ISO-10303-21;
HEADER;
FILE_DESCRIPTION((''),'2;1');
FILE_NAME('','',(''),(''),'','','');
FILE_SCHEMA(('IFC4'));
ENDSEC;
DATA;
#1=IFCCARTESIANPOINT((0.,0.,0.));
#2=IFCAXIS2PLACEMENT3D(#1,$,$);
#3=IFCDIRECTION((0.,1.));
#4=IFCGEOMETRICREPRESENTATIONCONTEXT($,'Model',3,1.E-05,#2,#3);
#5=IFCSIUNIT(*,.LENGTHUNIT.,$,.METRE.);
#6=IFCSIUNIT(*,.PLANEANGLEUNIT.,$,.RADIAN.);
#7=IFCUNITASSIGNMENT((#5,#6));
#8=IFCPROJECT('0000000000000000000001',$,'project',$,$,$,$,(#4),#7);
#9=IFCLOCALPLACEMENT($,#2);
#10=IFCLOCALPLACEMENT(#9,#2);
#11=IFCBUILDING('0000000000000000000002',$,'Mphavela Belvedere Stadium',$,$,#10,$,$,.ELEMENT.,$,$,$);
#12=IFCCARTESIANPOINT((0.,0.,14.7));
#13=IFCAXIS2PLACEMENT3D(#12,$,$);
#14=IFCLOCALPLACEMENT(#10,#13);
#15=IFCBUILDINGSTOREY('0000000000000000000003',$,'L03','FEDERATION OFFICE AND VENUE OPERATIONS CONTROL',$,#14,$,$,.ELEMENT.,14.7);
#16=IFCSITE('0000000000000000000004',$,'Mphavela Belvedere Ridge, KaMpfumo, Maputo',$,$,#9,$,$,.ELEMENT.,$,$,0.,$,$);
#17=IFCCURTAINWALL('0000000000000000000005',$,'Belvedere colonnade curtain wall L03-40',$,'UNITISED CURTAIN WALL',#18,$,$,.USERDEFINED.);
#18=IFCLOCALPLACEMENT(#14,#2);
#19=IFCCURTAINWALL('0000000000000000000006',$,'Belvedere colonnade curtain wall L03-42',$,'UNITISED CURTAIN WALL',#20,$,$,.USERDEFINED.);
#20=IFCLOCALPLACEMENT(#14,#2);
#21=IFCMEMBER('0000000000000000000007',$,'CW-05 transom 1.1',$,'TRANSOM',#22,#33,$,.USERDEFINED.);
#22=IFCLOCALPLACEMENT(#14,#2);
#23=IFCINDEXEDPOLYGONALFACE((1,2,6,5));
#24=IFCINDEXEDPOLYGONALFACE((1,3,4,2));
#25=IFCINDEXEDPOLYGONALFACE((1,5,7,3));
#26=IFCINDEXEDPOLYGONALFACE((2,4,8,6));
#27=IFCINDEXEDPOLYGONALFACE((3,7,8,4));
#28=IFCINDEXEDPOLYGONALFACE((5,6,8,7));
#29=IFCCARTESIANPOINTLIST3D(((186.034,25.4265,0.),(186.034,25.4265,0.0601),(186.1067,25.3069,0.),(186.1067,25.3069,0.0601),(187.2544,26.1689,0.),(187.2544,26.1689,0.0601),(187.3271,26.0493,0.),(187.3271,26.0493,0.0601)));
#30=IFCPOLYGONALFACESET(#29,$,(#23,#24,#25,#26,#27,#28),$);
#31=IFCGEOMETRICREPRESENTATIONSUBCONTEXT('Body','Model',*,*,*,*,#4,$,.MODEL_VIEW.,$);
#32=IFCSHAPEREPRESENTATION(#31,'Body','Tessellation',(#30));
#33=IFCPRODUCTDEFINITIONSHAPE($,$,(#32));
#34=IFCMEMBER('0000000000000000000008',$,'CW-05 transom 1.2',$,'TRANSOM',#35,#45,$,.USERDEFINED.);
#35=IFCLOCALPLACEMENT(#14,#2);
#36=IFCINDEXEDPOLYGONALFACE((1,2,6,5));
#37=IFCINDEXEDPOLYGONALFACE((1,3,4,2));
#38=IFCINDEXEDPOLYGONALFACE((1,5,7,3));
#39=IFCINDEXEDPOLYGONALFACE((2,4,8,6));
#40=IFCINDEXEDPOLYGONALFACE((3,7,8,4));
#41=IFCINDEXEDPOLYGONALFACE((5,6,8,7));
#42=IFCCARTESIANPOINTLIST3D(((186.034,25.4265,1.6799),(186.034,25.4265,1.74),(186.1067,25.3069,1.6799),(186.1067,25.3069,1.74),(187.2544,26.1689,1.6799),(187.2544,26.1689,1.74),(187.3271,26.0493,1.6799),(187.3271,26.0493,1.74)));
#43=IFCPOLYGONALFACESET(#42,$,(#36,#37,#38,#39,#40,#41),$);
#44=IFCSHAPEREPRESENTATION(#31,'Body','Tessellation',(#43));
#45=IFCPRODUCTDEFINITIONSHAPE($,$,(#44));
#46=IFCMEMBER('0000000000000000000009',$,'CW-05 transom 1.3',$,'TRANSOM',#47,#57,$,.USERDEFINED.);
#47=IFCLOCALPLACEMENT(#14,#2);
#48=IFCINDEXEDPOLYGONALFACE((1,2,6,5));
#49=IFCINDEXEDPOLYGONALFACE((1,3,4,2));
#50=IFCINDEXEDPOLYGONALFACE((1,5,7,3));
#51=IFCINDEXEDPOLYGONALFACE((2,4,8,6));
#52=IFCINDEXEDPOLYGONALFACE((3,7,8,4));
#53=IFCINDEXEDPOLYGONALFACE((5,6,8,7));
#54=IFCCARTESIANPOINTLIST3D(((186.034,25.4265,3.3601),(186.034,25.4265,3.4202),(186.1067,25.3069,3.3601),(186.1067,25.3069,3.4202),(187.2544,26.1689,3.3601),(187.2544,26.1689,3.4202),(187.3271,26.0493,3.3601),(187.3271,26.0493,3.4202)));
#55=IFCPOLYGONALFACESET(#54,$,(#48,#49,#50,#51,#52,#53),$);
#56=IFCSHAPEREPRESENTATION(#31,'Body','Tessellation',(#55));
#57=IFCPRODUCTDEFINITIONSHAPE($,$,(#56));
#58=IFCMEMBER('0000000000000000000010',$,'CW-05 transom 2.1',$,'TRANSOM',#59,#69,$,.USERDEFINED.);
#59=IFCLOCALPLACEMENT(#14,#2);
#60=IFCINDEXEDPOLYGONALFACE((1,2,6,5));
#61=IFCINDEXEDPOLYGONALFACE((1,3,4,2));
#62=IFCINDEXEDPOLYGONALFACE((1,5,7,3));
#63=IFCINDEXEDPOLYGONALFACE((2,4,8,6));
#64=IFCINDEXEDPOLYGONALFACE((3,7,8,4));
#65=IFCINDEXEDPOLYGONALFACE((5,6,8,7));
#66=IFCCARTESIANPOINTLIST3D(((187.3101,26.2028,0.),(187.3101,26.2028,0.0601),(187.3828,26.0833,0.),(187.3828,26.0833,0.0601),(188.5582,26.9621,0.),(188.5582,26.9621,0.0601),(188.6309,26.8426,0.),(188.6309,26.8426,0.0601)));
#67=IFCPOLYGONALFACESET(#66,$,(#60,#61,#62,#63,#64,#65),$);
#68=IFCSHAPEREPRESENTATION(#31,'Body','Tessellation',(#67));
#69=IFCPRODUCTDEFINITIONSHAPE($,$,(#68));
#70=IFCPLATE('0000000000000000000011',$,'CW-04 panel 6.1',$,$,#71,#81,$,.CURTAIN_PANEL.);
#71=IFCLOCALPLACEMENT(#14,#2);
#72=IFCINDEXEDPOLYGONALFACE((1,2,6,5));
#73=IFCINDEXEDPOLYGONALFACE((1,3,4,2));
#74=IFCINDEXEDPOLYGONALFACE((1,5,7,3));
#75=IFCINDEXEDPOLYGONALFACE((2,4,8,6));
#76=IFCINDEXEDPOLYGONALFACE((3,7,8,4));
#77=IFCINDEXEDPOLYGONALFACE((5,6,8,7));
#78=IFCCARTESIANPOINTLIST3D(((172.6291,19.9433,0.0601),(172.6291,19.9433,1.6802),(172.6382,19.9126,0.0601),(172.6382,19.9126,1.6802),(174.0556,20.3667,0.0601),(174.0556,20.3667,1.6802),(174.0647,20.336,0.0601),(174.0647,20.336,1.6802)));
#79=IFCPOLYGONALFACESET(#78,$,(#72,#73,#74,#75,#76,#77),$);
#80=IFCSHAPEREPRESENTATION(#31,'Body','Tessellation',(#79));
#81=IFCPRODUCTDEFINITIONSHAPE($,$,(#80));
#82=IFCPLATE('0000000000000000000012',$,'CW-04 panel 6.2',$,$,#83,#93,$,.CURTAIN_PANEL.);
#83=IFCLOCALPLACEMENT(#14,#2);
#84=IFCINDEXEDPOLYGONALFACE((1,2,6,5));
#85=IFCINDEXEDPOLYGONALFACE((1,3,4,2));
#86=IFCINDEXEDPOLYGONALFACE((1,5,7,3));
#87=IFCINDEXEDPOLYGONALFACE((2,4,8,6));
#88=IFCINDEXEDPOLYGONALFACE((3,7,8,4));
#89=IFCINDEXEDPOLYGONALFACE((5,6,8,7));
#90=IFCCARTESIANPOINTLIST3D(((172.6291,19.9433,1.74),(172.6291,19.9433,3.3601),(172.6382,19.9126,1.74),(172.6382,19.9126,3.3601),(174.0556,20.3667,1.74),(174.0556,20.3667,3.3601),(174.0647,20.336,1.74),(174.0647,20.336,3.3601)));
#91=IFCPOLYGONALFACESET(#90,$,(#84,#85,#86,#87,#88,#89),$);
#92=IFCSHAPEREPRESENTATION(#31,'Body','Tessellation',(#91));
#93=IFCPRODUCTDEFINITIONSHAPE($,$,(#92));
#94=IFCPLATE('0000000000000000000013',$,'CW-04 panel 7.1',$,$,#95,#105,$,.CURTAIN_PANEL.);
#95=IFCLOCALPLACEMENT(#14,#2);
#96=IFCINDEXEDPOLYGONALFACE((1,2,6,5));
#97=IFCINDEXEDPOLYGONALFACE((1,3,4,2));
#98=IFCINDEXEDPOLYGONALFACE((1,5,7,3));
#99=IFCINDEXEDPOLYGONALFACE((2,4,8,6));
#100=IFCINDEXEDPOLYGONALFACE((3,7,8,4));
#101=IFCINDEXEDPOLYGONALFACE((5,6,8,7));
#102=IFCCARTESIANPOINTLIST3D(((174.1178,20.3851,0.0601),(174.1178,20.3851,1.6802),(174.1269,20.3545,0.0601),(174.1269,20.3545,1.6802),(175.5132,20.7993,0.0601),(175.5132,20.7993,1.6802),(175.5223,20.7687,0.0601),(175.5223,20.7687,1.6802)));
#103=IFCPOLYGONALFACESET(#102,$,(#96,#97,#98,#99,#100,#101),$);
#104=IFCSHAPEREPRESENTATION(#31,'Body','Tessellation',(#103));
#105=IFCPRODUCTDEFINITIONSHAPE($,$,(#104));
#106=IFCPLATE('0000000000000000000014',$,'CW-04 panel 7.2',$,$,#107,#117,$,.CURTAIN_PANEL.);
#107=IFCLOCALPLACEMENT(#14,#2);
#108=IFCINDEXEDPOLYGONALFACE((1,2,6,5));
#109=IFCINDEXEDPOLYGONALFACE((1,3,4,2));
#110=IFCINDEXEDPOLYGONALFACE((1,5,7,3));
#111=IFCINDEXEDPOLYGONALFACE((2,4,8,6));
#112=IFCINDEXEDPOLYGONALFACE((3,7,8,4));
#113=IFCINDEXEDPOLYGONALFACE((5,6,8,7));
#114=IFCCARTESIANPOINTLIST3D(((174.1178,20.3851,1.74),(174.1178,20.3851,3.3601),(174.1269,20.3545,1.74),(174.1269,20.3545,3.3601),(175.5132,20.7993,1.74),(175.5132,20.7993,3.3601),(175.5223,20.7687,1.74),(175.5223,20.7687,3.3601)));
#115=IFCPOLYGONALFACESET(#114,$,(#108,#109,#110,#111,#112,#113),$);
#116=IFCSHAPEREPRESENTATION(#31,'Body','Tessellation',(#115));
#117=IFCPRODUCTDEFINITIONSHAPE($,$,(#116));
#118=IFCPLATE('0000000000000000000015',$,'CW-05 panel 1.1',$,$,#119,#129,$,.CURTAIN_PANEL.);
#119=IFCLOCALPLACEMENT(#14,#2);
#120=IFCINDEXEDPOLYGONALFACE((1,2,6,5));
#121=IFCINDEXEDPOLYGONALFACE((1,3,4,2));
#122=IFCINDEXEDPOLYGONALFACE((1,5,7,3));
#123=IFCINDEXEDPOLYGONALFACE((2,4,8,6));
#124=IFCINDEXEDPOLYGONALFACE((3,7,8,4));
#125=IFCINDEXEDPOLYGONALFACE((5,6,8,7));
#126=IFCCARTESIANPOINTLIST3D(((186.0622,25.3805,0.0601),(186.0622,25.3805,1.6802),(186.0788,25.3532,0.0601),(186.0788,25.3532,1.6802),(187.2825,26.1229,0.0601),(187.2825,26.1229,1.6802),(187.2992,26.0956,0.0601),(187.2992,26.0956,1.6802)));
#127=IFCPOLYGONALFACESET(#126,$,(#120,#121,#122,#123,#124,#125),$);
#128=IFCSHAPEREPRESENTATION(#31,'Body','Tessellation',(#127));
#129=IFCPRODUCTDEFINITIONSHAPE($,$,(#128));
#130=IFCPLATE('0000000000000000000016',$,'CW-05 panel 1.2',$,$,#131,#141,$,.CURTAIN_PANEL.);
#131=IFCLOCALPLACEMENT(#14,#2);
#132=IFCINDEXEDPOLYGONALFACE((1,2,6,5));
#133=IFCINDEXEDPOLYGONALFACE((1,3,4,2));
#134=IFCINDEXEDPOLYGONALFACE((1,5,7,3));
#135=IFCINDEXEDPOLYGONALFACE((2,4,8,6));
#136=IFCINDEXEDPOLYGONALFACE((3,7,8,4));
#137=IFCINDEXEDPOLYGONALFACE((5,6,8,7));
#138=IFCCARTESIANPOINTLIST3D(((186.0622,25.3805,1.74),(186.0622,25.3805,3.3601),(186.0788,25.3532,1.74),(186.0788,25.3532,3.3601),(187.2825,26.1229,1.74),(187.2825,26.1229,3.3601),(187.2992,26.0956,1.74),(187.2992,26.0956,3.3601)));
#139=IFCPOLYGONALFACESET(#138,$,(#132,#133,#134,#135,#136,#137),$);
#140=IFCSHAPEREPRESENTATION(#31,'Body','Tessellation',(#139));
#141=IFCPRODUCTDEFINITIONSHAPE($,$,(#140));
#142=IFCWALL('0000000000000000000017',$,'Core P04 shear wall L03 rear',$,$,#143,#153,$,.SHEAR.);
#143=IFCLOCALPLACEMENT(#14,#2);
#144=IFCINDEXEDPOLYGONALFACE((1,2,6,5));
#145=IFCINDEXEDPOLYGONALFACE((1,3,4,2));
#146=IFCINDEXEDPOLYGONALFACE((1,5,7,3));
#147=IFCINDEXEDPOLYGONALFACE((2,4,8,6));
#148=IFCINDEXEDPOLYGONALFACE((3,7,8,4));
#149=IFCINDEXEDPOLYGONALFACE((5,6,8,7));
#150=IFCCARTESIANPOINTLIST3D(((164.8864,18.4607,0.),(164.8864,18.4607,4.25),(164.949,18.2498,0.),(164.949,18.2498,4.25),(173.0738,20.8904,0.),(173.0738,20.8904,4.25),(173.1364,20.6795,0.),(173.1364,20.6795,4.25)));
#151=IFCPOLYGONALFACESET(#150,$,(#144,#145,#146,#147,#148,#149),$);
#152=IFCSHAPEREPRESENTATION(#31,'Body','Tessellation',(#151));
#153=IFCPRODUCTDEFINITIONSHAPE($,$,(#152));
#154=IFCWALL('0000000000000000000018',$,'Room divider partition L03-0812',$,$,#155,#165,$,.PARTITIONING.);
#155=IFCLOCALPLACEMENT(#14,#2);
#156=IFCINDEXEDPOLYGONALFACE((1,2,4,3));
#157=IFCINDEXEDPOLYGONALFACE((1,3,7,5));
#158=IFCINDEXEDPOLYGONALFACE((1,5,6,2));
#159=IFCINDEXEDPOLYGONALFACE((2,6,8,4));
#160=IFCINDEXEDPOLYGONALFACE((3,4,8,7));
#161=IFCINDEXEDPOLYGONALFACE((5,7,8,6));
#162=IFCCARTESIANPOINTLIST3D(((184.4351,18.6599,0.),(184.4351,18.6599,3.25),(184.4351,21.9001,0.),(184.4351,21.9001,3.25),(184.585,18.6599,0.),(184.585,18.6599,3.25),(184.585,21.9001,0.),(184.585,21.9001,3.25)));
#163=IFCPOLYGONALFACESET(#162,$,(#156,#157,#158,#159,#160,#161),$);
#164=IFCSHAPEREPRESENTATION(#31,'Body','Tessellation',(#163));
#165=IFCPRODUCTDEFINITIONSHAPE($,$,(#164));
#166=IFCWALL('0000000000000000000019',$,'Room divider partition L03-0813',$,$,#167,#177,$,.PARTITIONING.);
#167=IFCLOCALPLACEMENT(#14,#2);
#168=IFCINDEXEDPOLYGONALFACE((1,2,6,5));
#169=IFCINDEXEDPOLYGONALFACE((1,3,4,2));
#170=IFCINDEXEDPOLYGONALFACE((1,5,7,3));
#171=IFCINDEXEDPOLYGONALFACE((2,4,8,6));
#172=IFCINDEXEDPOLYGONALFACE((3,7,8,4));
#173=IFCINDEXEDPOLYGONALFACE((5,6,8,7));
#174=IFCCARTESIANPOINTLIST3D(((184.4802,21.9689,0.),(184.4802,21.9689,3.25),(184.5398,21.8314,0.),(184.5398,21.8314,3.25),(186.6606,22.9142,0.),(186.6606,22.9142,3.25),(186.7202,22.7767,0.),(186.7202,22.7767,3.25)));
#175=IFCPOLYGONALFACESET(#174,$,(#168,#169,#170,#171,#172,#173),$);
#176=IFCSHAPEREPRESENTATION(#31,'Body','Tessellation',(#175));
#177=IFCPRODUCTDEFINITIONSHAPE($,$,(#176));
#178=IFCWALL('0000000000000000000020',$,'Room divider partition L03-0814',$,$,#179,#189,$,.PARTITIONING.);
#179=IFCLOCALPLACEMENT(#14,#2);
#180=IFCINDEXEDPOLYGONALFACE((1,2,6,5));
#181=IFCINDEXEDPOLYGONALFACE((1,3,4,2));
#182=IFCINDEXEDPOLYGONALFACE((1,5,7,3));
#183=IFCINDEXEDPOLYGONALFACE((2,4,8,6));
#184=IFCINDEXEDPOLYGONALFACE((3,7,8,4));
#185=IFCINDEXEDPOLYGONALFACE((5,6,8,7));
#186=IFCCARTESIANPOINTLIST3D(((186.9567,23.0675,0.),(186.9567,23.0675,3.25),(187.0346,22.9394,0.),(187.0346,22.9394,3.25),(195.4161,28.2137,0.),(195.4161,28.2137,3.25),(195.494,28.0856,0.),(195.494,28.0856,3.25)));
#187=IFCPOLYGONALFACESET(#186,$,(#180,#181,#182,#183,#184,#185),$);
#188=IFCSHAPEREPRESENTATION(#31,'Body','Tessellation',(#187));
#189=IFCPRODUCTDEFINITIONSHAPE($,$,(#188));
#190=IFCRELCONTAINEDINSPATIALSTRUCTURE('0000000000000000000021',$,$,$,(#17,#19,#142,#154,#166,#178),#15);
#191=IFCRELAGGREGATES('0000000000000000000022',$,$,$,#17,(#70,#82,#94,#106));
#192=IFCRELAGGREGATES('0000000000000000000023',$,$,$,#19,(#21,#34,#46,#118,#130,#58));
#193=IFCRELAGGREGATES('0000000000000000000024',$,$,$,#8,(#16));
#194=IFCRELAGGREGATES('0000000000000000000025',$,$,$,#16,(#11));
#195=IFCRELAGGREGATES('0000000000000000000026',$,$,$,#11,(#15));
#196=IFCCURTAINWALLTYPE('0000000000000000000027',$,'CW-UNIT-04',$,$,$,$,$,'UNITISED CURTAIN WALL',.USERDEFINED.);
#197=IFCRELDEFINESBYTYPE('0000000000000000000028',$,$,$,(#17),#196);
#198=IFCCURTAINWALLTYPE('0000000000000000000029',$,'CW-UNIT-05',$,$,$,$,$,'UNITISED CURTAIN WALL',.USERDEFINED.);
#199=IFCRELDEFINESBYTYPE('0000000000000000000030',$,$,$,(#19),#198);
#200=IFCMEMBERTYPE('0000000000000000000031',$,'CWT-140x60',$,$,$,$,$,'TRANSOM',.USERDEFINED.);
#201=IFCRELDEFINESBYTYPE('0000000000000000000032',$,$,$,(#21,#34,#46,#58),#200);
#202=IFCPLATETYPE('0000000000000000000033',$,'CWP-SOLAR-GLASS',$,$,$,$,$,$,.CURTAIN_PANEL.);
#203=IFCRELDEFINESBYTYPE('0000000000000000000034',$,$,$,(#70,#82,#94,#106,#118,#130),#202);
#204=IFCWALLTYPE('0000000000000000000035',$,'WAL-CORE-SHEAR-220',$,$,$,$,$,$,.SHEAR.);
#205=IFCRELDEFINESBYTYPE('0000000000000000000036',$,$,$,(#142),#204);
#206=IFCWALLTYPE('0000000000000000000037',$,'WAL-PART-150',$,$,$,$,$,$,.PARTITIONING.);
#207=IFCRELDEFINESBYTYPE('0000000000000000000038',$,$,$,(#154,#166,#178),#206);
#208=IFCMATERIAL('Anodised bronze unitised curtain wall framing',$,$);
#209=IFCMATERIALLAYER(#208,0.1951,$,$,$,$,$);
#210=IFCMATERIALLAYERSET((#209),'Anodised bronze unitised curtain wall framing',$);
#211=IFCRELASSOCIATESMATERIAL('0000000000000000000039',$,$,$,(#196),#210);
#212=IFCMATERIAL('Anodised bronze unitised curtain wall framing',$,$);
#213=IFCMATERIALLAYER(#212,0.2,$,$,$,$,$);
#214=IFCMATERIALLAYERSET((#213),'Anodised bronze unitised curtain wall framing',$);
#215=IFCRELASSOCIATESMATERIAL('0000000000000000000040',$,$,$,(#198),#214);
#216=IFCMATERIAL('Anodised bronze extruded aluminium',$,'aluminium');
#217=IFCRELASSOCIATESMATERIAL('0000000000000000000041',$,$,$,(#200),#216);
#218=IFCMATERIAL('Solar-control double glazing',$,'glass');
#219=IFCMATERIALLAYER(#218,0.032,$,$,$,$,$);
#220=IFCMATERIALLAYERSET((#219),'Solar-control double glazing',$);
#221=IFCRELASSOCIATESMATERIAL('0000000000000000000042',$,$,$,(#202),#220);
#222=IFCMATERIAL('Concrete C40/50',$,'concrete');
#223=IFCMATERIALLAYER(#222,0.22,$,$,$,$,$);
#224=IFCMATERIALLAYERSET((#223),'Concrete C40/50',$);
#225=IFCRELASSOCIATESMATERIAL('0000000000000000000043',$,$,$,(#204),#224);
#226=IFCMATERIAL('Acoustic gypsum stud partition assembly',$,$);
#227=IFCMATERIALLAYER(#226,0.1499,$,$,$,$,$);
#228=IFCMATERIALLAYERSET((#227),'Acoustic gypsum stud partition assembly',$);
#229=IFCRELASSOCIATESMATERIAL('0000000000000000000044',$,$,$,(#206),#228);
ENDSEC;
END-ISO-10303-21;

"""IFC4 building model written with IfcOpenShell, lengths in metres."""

from ifc_helpers import new_model, si_unit, direction, frame, frame_2d, origin, origin_2d, place, context, subcontext, project, spatial, rectangle, extrude, material, layer, layer_set, material_profile, profile_set, type_object, element, aggregate, save


model = new_model("IFC4")

# Units and contexts
model_context = context("Model", 3, precision=1e-05, world=origin(), true_north=direction((0.0, 1.0)))
body_context = subcontext(model_context, "Body", "Model", "MODEL_VIEW")
ifc_project = project(units=[si_unit("LENGTHUNIT", "METRE"), si_unit("PLANEANGLEUNIT", "RADIAN")], contexts=[model_context])

# Site, building, storey
site_placement = place(None, origin())
site = spatial("IfcSite", under=ifc_project, at=site_placement, Name="Mphavela Belvedere Ridge, KaMpfumo, Maputo", CompositionType="ELEMENT", RefElevation=0.0)
building_placement = place(site_placement, origin())
building = spatial("IfcBuilding", under=site, at=building_placement, Name="Mphavela Belvedere Stadium", CompositionType="ELEMENT")
storey_placement = place(building_placement, frame((0.0, 0.0, 14.7)))
storey = spatial("IfcBuildingStorey", under=building, at=storey_placement, Name="L03", Description="FEDERATION OFFICE AND VENUE OPERATIONS CONTROL", CompositionType="ELEMENT", Elevation=14.7)

# Curtain walls
ifc_material_1 = material(Name="Anodised bronze unitised curtain wall framing")
ifc_layer_1 = layer(ifc_material_1, 0.1951)
ifc_layer_set_1 = layer_set([ifc_layer_1], Name="Anodised bronze unitised curtain wall framing")
curtain_wall_type_1 = type_object("IfcCurtainWallType", Name="CW-UNIT-04", ElementType="UNITISED CURTAIN WALL", PredefinedType="USERDEFINED", material=ifc_layer_set_1)
curtain_wall_1_placement = place(storey_placement, origin())
curtain_wall_1 = element("IfcCurtainWall", 1, at=curtain_wall_1_placement, inside=storey, type_object=curtain_wall_type_1, Name="Belvedere colonnade curtain wall L03-40", ObjectType="UNITISED CURTAIN WALL", PredefinedType="USERDEFINED")
ifc_material_2 = material(Name="Anodised bronze unitised curtain wall framing")
ifc_layer_2 = layer(ifc_material_2, 0.2)
ifc_layer_set_2 = layer_set([ifc_layer_2], Name="Anodised bronze unitised curtain wall framing")
curtain_wall_type_2 = type_object("IfcCurtainWallType", Name="CW-UNIT-05", ElementType="UNITISED CURTAIN WALL", PredefinedType="USERDEFINED", material=ifc_layer_set_2)
curtain_wall_2_placement = place(storey_placement, origin())
curtain_wall_2 = element("IfcCurtainWall", 2, at=curtain_wall_2_placement, inside=storey, type_object=curtain_wall_type_2, Name="Belvedere colonnade curtain wall L03-42", ObjectType="UNITISED CURTAIN WALL", PredefinedType="USERDEFINED")

# Members
ifc_material_3 = material(Name="Anodised bronze extruded aluminium", Category="aluminium")
ifc_material_profile_1 = material_profile(ifc_material_3, rectangle(XDim=0.1399, YDim=0.0601, at=origin_2d()), Name="CW-TRN 140x60")
ifc_profile_set_1 = profile_set([ifc_material_profile_1], Name="Anodised bronze extruded aluminium")
member_type_1 = type_object("IfcMemberType", Name="CWT-140x60", ElementType="TRANSOM", PredefinedType="USERDEFINED", material=ifc_profile_set_1)
member_1_placement = place(storey_placement, frame((186.0703, 25.3667, 0.03), z_axis=(0.85434, 0.519714, 0.0), x_axis=(-0.519714, 0.85434, 0.0)))
member_1 = element("IfcMember", 3, at=member_1_placement, type_object=member_type_1, Name="CW-05 transom 1.1", ObjectType="TRANSOM", PredefinedType="USERDEFINED", context=body_context, shape_type="SweptSolid", body=[
    extrude(rectangle(XDim=0.1399, YDim=0.0601, at=origin_2d()), origin(), (0.0, 0.0, 1.0), 1.4285),
])
member_2_placement = place(storey_placement, frame((186.0703, 25.3667, 1.71), z_axis=(0.85434, 0.519714, 0.0), x_axis=(-0.519714, 0.85434, 0.0)))
member_2 = element("IfcMember", 4, at=member_2_placement, type_object=member_type_1, Name="CW-05 transom 1.2", ObjectType="TRANSOM", PredefinedType="USERDEFINED", context=body_context, shape_type="SweptSolid", body=[
    extrude(rectangle(XDim=0.1399, YDim=0.0601, at=origin_2d()), origin(), (0.0, 0.0, 1.0), 1.4285),
])
member_3_placement = place(storey_placement, frame((186.0703, 25.3667, 3.3901), z_axis=(0.85434, 0.519714, 0.0), x_axis=(-0.519714, 0.85434, 0.0)))
member_3 = element("IfcMember", 5, at=member_3_placement, type_object=member_type_1, Name="CW-05 transom 1.3", ObjectType="TRANSOM", PredefinedType="USERDEFINED", context=body_context, shape_type="SweptSolid", body=[
    extrude(rectangle(XDim=0.1399, YDim=0.0601, at=origin_2d()), origin(), (0.0, 0.0, 1.0), 1.4285),
])
member_4_placement = place(storey_placement, frame((187.3464, 26.1431, 0.03), z_axis=(0.854321, 0.519745, 0.0), x_axis=(-0.519745, 0.854321, 0.0)))
member_4 = element("IfcMember", 6, at=member_4_placement, type_object=member_type_1, Name="CW-05 transom 2.1", ObjectType="TRANSOM", PredefinedType="USERDEFINED", context=body_context, shape_type="SweptSolid", body=[
    extrude(rectangle(XDim=0.1399, YDim=0.0601, at=origin_2d()), origin(), (0.0, 0.0, 1.0), 1.4609),
])

# Plates
ifc_material_4 = material(Name="Solar-control double glazing", Category="glass")
ifc_layer_3 = layer(ifc_material_4, 0.032)
ifc_layer_set_3 = layer_set([ifc_layer_3], Name="Solar-control double glazing")
plate_type = type_object("IfcPlateType", Name="CWP-SOLAR-GLASS", PredefinedType="CURTAIN_PANEL", material=ifc_layer_set_3)
plate_1_placement = place(storey_placement, frame((173.3469, 20.1396, 0.0601), z_axis=(0.0, 0.0, 1.0), x_axis=(0.958657, 0.284565, 0.0)))
plate_1 = element("IfcPlate", 7, at=plate_1_placement, type_object=plate_type, Name="CW-04 panel 6.1", PredefinedType="CURTAIN_PANEL", context=body_context, shape_type="SweptSolid", body=[
    extrude(rectangle(XDim=1.488, YDim=0.032, at=origin_2d()), origin(), (0.0, 0.0, 1.0), 1.6201),
])
plate_2_placement = place(storey_placement, frame((173.3469, 20.1396, 1.74), z_axis=(0.0, 0.0, 1.0), x_axis=(0.958657, 0.284565, 0.0)))
plate_2 = element("IfcPlate", 8, at=plate_2_placement, type_object=plate_type, Name="CW-04 panel 6.2", PredefinedType="CURTAIN_PANEL", context=body_context, shape_type="SweptSolid", body=[
    extrude(rectangle(XDim=1.488, YDim=0.032, at=origin_2d()), origin(), (0.0, 0.0, 1.0), 1.6201),
])
plate_3_placement = place(storey_placement, frame((174.8201, 20.5769, 0.0601), z_axis=(0.0, 0.0, 1.0), x_axis=(0.958657, 0.284565, 0.0)))
plate_3 = element("IfcPlate", 9, at=plate_3_placement, type_object=plate_type, Name="CW-04 panel 7.1", PredefinedType="CURTAIN_PANEL", context=body_context, shape_type="SweptSolid", body=[
    extrude(rectangle(XDim=1.4556, YDim=0.032, at=origin_2d()), origin(), (0.0, 0.0, 1.0), 1.6201),
])
plate_4_placement = place(storey_placement, frame((174.8201, 20.5769, 1.74), z_axis=(0.0, 0.0, 1.0), x_axis=(0.958657, 0.284565, 0.0)))
plate_4 = element("IfcPlate", 10, at=plate_4_placement, type_object=plate_type, Name="CW-04 panel 7.2", PredefinedType="CURTAIN_PANEL", context=body_context, shape_type="SweptSolid", body=[
    extrude(rectangle(XDim=1.4556, YDim=0.032, at=origin_2d()), origin(), (0.0, 0.0, 1.0), 1.6201),
])
aggregate(curtain_wall_1, [plate_1, plate_2, plate_3, plate_4])
plate_5_placement = place(storey_placement, frame((186.6807, 25.738, 0.0601), z_axis=(0.0, 0.0, 1.0), x_axis=(0.854325, 0.519738, 0.0)))
plate_5 = element("IfcPlate", 11, at=plate_5_placement, type_object=plate_type, Name="CW-05 panel 1.1", PredefinedType="CURTAIN_PANEL", context=body_context, shape_type="SweptSolid", body=[
    extrude(rectangle(XDim=1.4285, YDim=0.032, at=origin_2d()), origin(), (0.0, 0.0, 1.0), 1.6201),
])
plate_6_placement = place(storey_placement, frame((186.6807, 25.738, 1.74), z_axis=(0.0, 0.0, 1.0), x_axis=(0.854325, 0.519738, 0.0)))
plate_6 = element("IfcPlate", 12, at=plate_6_placement, type_object=plate_type, Name="CW-05 panel 1.2", PredefinedType="CURTAIN_PANEL", context=body_context, shape_type="SweptSolid", body=[
    extrude(rectangle(XDim=1.4285, YDim=0.032, at=origin_2d()), origin(), (0.0, 0.0, 1.0), 1.6201),
])
aggregate(curtain_wall_2, [member_1, member_2, member_3, plate_5, plate_6, member_4])

# Wall
ifc_material_5 = material(Name="Concrete C40/50", Category="concrete")
ifc_layer_4 = layer(ifc_material_5, 0.22)
ifc_layer_set_4 = layer_set([ifc_layer_4], Name="Concrete C40/50")
wall_type_1 = type_object("IfcWallType", Name="WAL-CORE-SHEAR-220", PredefinedType="SHEAR", material=ifc_layer_set_4)
wall_1_placement = place(storey_placement, frame((173.105, 20.7849, 0.0), z_axis=(0.0, 0.0, 1.0), x_axis=(-0.958676, -0.284501, 0.0)))
element("IfcWall", 13, at=wall_1_placement, inside=storey, type_object=wall_type_1, Name="Core P04 shear wall L03 rear", PredefinedType="SHEAR", context=body_context, shape_type="SweptSolid", body=[
    extrude(rectangle(XDim=8.5403, YDim=0.22, at=frame_2d((4.27, 0.0))), origin(), (0.0, 0.0, 1.0), 4.25),
])

# Walls
ifc_material_6 = material(Name="Acoustic gypsum stud partition assembly")
ifc_layer_5 = layer(ifc_material_6, 0.1499)
ifc_layer_set_5 = layer_set([ifc_layer_5], Name="Acoustic gypsum stud partition assembly")
wall_type_2 = type_object("IfcWallType", Name="WAL-PART-150", PredefinedType="PARTITIONING", material=ifc_layer_set_5)
wall_2_placement = place(storey_placement, frame((184.51, 18.6599, 0.0), z_axis=(0.0, 0.0, 1.0), x_axis=(0.0, 1.0, 0.0)))
element("IfcWall", 14, at=wall_2_placement, inside=storey, type_object=wall_type_2, Name="Room divider partition L03-0812", PredefinedType="PARTITIONING", context=body_context, shape_type="SweptSolid", body=[
    extrude(rectangle(XDim=3.2402, YDim=0.1499, at=frame_2d((1.6201, 0.0))), origin(), (0.0, 0.0, 1.0), 3.25),
])
wall_3_placement = place(storey_placement, frame((184.51, 21.9001, 0.0), z_axis=(0.0, 0.0, 1.0), x_axis=(0.917484, 0.397772, 0.0)))
element("IfcWall", 15, at=wall_3_placement, inside=storey, type_object=wall_type_2, Name="Room divider partition L03-0813", PredefinedType="PARTITIONING", context=body_context, shape_type="SweptSolid", body=[
    extrude(rectangle(XDim=2.3765, YDim=0.1499, at=frame_2d((1.1882, 0.0))), origin(), (0.0, 0.0, 1.0), 3.25),
])
wall_4_placement = place(storey_placement, frame((186.9956, 23.0034, 0.0), z_axis=(0.0, 0.0, 1.0), x_axis=(0.854333, 0.519726, 0.0)))
element("IfcWall", 16, at=wall_4_placement, inside=storey, type_object=wall_type_2, Name="Room divider partition L03-0814", PredefinedType="PARTITIONING", context=body_context, shape_type="SweptSolid", body=[
    extrude(rectangle(XDim=9.9019, YDim=0.1499, at=frame_2d((4.9509, 0.0))), origin(), (0.0, 0.0, 1.0), 3.25),
])

save(model, "model.ifc")
